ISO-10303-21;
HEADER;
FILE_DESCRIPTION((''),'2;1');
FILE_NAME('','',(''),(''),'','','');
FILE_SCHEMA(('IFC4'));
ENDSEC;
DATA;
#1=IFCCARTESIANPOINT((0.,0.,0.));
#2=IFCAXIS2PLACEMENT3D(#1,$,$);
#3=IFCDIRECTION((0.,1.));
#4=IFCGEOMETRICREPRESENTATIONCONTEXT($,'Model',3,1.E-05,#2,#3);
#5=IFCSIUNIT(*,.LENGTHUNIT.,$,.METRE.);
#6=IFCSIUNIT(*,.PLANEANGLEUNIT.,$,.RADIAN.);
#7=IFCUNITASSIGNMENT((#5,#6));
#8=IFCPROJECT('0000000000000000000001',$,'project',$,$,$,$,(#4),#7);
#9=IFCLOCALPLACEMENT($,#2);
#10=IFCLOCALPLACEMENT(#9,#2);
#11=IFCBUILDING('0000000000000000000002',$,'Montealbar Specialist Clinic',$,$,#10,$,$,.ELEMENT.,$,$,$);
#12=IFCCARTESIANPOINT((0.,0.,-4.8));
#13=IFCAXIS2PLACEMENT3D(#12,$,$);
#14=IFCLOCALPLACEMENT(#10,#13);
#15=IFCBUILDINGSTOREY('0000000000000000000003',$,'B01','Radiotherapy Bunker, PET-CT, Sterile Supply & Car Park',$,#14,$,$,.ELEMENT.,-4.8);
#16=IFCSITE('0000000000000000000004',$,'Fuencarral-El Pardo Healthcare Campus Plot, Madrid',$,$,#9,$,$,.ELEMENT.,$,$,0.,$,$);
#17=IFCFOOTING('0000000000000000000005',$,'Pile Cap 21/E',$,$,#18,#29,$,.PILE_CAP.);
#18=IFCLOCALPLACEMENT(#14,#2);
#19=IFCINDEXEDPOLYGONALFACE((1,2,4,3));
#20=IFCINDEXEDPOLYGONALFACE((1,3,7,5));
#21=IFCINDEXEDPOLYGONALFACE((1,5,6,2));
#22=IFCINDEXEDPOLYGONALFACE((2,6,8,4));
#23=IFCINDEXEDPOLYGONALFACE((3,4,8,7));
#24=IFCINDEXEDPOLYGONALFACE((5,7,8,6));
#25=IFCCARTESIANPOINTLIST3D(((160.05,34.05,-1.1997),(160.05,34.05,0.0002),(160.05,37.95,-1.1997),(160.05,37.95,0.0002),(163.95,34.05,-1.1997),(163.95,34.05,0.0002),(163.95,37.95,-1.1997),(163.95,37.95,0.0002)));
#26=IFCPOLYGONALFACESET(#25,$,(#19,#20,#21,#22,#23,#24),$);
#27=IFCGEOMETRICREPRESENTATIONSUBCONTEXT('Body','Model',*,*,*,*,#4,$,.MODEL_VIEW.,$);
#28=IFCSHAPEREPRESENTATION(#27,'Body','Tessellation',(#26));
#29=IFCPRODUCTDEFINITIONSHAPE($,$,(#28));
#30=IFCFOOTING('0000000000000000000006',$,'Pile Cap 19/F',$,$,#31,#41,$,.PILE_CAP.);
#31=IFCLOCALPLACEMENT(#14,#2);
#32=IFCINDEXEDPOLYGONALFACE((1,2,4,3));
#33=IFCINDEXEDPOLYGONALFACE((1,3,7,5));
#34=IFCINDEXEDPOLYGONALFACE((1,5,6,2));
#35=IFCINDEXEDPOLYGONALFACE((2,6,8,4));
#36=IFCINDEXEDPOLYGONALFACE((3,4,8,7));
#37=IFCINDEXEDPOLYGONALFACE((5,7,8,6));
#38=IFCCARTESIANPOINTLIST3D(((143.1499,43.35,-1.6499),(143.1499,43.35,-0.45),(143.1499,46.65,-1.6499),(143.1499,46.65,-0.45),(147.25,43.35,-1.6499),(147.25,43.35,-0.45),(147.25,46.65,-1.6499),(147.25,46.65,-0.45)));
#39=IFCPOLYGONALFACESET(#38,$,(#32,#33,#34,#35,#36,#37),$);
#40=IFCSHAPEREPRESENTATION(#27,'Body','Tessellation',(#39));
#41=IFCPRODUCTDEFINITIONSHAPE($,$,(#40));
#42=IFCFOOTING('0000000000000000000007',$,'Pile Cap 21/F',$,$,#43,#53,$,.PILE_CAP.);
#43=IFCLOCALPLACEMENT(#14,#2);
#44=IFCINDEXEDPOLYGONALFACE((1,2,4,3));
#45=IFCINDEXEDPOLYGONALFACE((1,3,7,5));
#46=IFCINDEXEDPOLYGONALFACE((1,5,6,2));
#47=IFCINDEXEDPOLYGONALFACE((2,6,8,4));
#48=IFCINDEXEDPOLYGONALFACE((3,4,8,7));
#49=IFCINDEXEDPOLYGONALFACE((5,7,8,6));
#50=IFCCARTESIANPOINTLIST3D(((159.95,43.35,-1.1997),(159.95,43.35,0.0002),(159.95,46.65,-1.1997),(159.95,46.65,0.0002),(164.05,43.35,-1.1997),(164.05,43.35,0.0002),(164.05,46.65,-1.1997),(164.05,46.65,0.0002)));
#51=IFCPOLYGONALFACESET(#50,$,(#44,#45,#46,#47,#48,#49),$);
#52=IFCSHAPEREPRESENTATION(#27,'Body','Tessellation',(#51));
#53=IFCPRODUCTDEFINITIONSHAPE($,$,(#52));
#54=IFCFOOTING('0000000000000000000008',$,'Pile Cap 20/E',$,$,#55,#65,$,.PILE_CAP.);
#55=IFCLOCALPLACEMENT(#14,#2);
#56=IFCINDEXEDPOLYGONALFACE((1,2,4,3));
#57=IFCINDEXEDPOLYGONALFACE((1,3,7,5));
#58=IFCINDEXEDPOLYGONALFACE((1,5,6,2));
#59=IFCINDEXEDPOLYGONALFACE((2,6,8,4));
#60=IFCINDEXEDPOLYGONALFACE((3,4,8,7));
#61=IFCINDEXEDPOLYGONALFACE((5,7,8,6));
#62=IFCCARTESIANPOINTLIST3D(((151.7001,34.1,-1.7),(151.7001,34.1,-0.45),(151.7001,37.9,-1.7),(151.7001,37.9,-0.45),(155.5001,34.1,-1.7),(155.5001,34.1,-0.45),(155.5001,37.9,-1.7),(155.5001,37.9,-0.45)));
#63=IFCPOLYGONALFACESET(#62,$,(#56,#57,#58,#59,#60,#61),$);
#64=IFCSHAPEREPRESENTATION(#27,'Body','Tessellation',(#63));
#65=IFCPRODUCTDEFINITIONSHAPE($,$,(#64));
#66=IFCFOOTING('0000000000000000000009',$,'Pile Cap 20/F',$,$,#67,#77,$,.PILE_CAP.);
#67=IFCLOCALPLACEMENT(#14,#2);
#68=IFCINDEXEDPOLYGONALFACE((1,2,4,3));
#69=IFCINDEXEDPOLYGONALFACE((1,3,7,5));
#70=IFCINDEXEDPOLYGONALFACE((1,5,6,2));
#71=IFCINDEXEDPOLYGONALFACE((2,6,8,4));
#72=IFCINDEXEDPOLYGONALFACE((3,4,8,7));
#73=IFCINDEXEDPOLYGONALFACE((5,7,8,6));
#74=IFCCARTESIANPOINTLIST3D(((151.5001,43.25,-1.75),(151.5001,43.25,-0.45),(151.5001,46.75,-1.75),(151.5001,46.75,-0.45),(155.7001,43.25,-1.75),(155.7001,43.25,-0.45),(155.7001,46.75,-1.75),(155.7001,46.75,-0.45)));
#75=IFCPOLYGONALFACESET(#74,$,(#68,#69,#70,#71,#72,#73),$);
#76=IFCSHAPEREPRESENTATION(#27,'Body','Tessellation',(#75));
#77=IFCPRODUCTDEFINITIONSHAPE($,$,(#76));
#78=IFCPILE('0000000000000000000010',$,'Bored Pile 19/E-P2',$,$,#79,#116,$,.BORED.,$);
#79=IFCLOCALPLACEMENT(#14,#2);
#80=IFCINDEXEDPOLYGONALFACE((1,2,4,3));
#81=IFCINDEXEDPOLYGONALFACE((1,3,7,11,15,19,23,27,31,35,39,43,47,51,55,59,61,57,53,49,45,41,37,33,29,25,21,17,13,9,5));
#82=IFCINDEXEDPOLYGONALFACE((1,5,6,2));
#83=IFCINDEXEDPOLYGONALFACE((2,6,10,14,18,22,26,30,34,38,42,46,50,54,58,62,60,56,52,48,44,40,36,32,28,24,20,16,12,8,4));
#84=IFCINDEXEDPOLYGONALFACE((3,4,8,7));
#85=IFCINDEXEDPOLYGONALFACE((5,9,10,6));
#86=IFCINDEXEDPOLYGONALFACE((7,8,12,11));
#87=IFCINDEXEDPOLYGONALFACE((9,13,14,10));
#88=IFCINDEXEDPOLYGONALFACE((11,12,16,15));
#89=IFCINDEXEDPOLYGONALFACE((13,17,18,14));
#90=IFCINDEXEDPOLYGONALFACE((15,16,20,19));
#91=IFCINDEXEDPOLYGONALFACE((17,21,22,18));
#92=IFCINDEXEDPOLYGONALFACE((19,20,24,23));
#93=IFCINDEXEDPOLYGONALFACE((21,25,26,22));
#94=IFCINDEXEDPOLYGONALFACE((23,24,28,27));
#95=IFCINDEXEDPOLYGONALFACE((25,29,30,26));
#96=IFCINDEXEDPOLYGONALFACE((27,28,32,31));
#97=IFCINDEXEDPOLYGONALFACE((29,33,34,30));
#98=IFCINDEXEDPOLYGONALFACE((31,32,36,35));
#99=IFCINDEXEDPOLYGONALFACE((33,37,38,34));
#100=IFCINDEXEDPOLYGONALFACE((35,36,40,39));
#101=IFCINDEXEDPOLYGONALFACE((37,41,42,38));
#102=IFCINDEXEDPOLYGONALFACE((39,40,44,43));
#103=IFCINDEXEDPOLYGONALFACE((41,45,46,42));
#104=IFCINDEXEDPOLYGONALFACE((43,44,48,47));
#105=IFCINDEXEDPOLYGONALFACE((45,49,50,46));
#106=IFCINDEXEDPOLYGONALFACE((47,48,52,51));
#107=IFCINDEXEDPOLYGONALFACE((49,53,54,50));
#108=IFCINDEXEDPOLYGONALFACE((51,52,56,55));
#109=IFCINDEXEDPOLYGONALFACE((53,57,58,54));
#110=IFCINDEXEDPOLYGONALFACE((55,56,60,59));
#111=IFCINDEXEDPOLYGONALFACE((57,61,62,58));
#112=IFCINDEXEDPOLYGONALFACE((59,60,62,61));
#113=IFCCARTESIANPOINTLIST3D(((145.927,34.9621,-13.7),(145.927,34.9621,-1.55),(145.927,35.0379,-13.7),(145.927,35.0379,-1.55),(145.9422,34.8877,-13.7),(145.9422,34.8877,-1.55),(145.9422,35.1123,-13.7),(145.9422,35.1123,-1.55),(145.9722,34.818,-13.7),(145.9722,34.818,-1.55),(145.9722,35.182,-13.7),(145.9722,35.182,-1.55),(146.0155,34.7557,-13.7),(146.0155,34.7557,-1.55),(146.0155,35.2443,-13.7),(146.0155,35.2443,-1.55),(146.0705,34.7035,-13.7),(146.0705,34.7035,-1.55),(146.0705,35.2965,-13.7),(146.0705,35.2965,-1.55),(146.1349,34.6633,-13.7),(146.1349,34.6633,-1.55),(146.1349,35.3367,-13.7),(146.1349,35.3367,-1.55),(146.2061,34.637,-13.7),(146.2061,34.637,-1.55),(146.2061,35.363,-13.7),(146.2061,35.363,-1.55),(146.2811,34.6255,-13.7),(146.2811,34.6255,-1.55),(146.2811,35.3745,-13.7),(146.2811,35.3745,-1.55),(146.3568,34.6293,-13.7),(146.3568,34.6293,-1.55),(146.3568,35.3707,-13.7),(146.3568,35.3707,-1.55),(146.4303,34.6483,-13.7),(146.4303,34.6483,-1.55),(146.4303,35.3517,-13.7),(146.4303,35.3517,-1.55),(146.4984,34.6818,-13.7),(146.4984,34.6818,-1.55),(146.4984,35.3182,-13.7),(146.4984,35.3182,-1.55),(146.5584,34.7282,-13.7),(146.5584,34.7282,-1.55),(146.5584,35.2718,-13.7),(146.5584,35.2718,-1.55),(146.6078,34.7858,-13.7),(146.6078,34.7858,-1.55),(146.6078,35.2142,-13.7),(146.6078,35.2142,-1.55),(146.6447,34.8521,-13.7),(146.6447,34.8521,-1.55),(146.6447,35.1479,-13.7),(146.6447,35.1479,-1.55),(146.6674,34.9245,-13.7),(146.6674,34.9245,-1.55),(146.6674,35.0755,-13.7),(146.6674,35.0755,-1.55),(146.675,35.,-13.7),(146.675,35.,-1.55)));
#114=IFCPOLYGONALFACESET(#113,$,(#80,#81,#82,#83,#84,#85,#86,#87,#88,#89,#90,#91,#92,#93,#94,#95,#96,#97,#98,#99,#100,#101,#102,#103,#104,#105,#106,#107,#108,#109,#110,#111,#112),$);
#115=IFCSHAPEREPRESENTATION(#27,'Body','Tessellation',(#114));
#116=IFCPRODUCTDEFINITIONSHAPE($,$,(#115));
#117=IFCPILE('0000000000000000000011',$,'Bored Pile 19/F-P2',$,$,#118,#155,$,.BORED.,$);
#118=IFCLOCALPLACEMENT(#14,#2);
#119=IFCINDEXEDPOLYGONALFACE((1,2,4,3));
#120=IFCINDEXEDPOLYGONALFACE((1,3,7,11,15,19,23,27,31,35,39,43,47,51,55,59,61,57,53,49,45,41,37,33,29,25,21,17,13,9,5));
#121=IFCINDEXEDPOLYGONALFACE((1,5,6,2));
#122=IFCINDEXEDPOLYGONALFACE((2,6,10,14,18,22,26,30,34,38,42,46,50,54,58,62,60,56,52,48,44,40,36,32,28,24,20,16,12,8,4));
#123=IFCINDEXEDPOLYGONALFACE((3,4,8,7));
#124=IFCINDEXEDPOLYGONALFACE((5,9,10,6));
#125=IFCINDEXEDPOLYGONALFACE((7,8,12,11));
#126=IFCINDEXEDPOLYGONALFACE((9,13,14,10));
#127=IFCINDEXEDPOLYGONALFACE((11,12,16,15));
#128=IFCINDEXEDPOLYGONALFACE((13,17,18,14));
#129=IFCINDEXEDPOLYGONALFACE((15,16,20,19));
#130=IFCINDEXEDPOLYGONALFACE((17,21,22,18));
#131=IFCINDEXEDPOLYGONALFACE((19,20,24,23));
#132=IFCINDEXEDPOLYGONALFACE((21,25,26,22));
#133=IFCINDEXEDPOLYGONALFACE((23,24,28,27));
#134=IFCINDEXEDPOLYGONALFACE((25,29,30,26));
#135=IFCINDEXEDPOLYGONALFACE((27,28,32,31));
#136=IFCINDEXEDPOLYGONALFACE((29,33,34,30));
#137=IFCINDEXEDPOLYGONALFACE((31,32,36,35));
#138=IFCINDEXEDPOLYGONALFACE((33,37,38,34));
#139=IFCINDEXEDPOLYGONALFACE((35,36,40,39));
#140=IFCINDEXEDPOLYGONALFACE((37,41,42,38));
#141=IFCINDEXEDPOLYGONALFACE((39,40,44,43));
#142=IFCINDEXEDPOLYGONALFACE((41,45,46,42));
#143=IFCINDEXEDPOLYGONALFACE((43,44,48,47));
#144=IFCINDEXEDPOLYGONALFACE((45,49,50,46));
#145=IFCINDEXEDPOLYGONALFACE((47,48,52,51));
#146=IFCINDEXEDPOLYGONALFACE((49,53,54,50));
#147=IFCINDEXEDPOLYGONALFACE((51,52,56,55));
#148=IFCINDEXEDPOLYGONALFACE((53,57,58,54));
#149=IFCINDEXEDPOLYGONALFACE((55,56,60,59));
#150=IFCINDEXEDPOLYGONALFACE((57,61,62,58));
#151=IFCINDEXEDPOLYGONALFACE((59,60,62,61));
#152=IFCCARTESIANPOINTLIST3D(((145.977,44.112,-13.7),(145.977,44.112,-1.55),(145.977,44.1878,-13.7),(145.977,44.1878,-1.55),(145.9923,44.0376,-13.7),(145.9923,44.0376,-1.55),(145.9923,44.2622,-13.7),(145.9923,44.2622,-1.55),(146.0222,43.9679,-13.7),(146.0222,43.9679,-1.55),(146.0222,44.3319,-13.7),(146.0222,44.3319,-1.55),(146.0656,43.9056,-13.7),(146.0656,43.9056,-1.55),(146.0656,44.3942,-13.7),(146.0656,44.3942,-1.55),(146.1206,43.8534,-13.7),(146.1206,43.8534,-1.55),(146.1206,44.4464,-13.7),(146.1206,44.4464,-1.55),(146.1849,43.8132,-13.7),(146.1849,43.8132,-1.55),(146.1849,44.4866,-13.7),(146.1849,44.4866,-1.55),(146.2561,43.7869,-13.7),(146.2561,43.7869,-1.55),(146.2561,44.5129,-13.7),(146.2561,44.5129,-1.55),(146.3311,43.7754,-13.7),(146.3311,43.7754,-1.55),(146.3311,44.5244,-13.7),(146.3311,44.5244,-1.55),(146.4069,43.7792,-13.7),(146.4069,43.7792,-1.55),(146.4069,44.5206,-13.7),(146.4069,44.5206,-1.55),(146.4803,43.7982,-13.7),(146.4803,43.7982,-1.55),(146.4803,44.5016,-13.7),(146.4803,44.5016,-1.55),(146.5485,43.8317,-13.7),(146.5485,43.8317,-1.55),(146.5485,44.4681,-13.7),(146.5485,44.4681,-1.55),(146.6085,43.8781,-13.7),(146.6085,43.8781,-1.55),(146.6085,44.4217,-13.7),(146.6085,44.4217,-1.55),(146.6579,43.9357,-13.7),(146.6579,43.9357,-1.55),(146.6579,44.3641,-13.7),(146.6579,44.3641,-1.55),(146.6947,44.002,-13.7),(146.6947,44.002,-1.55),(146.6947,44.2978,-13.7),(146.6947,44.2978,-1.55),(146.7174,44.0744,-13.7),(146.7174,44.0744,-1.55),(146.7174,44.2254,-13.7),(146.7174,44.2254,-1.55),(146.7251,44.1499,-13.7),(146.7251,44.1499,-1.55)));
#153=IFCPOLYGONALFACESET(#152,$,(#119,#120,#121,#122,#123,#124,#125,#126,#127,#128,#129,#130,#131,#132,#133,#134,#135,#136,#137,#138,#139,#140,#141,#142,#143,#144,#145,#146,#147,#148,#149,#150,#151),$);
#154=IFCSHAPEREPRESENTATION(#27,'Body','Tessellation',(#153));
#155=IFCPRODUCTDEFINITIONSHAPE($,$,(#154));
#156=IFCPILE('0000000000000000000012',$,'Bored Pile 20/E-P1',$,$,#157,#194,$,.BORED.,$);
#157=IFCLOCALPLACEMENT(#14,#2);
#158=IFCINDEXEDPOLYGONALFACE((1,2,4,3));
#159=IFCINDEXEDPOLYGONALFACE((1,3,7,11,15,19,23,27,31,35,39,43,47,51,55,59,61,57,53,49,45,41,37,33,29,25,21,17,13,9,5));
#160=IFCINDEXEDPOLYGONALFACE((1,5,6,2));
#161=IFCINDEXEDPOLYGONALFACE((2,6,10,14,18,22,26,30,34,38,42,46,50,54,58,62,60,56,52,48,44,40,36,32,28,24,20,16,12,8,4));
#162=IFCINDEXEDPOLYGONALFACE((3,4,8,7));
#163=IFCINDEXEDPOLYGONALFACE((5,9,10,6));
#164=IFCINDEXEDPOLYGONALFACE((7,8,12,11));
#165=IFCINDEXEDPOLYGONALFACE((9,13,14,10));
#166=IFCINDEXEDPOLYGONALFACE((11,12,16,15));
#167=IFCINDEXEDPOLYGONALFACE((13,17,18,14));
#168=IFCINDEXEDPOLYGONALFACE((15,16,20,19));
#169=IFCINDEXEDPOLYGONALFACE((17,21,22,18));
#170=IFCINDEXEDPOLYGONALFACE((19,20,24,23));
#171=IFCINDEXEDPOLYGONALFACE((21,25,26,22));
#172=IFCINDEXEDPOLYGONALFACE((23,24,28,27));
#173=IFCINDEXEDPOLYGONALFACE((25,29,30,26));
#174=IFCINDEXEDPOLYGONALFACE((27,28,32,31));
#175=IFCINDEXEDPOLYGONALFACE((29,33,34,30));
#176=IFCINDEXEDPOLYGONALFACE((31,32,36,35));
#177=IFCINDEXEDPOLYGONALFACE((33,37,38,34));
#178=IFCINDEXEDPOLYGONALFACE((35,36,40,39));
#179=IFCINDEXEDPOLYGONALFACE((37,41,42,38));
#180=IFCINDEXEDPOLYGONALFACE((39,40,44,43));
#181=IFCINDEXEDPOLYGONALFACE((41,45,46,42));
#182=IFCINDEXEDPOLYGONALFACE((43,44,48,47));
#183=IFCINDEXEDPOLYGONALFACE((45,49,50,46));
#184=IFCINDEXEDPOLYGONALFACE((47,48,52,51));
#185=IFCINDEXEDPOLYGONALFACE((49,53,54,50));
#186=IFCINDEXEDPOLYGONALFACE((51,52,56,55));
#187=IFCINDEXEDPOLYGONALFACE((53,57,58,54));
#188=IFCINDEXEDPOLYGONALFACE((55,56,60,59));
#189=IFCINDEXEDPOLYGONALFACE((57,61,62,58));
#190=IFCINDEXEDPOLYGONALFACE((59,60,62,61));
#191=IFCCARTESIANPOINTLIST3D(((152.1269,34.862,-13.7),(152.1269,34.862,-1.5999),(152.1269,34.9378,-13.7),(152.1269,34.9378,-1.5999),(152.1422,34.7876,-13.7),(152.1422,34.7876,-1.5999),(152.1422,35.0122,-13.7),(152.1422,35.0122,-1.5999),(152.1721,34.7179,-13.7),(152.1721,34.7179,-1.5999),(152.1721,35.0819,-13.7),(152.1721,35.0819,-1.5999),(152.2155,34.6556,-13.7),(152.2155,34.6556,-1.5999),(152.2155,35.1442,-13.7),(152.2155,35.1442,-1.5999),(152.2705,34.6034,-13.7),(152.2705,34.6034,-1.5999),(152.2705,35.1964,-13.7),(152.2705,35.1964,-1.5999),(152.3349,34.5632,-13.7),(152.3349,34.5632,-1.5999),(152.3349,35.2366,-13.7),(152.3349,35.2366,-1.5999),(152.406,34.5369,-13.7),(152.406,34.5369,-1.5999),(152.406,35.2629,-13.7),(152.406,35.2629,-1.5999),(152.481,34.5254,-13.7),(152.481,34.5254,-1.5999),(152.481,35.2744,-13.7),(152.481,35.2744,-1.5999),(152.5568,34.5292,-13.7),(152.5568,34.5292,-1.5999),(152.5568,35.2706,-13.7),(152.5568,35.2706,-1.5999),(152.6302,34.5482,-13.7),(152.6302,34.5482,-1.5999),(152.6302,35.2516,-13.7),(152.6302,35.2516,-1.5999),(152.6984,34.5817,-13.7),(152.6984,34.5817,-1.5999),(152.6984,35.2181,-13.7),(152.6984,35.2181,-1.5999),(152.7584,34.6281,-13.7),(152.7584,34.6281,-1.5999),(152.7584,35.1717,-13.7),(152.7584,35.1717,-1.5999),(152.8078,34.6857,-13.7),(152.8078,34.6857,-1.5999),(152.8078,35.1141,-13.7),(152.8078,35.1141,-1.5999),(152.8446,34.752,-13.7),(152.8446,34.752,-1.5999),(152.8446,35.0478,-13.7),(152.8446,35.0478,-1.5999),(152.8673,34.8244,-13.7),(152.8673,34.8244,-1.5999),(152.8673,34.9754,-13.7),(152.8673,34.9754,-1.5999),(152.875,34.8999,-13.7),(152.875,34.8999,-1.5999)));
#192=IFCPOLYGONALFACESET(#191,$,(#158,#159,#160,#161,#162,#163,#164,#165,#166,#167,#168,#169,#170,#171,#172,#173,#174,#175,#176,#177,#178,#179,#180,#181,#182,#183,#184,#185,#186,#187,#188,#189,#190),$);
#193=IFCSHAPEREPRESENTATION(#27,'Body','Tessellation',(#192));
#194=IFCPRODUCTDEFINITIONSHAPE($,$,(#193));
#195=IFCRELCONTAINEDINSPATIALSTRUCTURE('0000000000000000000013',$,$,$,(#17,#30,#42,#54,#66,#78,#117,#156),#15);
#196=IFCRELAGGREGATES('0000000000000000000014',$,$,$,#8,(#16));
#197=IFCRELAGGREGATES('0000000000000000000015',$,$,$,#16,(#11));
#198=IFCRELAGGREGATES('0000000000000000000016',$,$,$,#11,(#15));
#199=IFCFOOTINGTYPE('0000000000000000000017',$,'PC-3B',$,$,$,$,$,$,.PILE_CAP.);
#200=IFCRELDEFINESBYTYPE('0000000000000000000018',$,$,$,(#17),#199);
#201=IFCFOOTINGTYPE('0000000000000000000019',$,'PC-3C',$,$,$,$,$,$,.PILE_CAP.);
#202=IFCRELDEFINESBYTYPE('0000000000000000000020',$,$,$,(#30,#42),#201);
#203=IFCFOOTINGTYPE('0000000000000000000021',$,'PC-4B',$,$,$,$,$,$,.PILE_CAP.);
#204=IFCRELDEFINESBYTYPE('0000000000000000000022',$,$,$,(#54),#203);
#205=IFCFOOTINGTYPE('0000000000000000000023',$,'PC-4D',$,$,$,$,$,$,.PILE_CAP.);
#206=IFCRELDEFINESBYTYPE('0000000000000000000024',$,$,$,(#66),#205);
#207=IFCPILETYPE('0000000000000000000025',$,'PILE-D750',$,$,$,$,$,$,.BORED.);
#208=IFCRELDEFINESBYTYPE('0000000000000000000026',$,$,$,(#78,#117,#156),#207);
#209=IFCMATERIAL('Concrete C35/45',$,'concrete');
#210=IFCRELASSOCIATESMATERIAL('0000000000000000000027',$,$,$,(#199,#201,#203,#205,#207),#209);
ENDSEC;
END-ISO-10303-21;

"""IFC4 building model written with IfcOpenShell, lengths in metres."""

from ifc_helpers import new_model, si_unit, direction, frame, origin, origin_2d, place, context, subcontext, project, spatial, rectangle, circle, extrude, material, material_profile, profile_set, type_object, element, save


model = new_model("IFC4")

# Units and contexts
model_context = context("Model", 3, precision=1e-05, world=origin(), true_north=direction((0.0, 1.0)))
body_context = subcontext(model_context, "Body", "Model", "MODEL_VIEW")
ifc_project = project(units=[si_unit("LENGTHUNIT", "METRE"), si_unit("PLANEANGLEUNIT", "RADIAN")], contexts=[model_context])

# Site, building, storey
site_placement = place(None, origin())
site = spatial("IfcSite", under=ifc_project, at=site_placement, Name="Fuencarral-El Pardo Healthcare Campus Plot, Madrid", CompositionType="ELEMENT", RefElevation=0.0)
building_placement = place(site_placement, origin())
building = spatial("IfcBuilding", under=site, at=building_placement, Name="Montealbar Specialist Clinic", CompositionType="ELEMENT")
storey_placement = place(building_placement, frame((0.0, 0.0, -4.8)))
storey = spatial("IfcBuildingStorey", under=building, at=storey_placement, Name="B01", Description="Radiotherapy Bunker, PET-CT, Sterile Supply & Car Park", CompositionType="ELEMENT", Elevation=-4.8)

# Footings
ifc_material_1 = material(Name="Concrete C35/45", Category="concrete")
footing_type_1 = type_object("IfcFootingType", Name="PC-3B", PredefinedType="PILE_CAP", material=ifc_material_1)
footing_1_placement = place(storey_placement, frame((162.0, 36.0, -1.1997), z_axis=(0.0, 0.0, 1.0), x_axis=(1.0, 0.0, 0.0)))
element("IfcFooting", 1, at=footing_1_placement, inside=storey, type_object=footing_type_1, Name="Pile Cap 21/E", PredefinedType="PILE_CAP", context=body_context, shape_type="SweptSolid", body=[
    extrude(rectangle(XDim=3.8999, YDim=3.8999, at=origin_2d()), origin(), (0.0, 0.0, 1.0), 1.2),
])
footing_type_2 = type_object("IfcFootingType", Name="PC-3C", PredefinedType="PILE_CAP", material=ifc_material_1)
for number, where, z_axis, x_axis, name in (
    (2, (145.2, 45.0, -1.6499), (0.0, 0.0, 1.0), (1.0, 0.0, 0.0), "Pile Cap 19/F"),
    (3, (162.0, 45.0, -1.1997), (0.0, 0.0, 1.0), (1.0, 0.0, 0.0), "Pile Cap 21/F"),
):
    element("IfcFooting", number, at=place(storey_placement, frame(where, z_axis=z_axis, x_axis=x_axis)), inside=storey, type_object=footing_type_2, Name=name, PredefinedType="PILE_CAP", context=body_context, shape_type="SweptSolid", body=[
        extrude(rectangle(XDim=4.1001, YDim=3.3, at=origin_2d()), origin(), (0.0, 0.0, 1.0), 1.2),
    ])
footing_type_3 = type_object("IfcFootingType", Name="PC-4B", PredefinedType="PILE_CAP", material=ifc_material_1)
footing_2_placement = place(storey_placement, frame((153.6001, 36.0, -1.7), z_axis=(0.0, 0.0, 1.0), x_axis=(1.0, 0.0, 0.0)))
element("IfcFooting", 4, at=footing_2_placement, inside=storey, type_object=footing_type_3, Name="Pile Cap 20/E", PredefinedType="PILE_CAP", context=body_context, shape_type="SweptSolid", body=[
    extrude(rectangle(XDim=3.8, YDim=3.8, at=origin_2d()), origin(), (0.0, 0.0, 1.0), 1.25),
])
footing_type_4 = type_object("IfcFootingType", Name="PC-4D", PredefinedType="PILE_CAP", material=ifc_material_1)
footing_3_placement = place(storey_placement, frame((153.6001, 45.0, -1.75), z_axis=(0.0, 0.0, 1.0), x_axis=(1.0, 0.0, 0.0)))
element("IfcFooting", 5, at=footing_3_placement, inside=storey, type_object=footing_type_4, Name="Pile Cap 20/F", PredefinedType="PILE_CAP", context=body_context, shape_type="SweptSolid", body=[
    extrude(rectangle(XDim=4.2, YDim=3.5, at=origin_2d()), origin(), (0.0, 0.0, 1.0), 1.3),
])

# Piles
ifc_material_profile_1 = material_profile(ifc_material_1, circle(Radius=0.375, at=origin_2d()), Name="PILE D750", Category="concrete")
ifc_profile_set_1 = profile_set([ifc_material_profile_1], Name="Concrete C35/45")
pile_type = type_object("IfcPileType", Name="PILE-D750", PredefinedType="BORED", material=ifc_profile_set_1)
for number, where, z_axis, x_axis, name in (
    (6, (146.3, 35.0, -1.55), (0.0, 0.0, -1.0), (1.0, 0.0, 0.0), "Bored Pile 19/E-P2"),
    (7, (146.3501, 44.1499, -1.55), (0.0, 0.0, -1.0), (1.0, 0.0, 0.0), "Bored Pile 19/F-P2"),
):
    element("IfcPile", number, at=place(storey_placement, frame(where, z_axis=z_axis, x_axis=x_axis)), inside=storey, type_object=pile_type, Name=name, PredefinedType="BORED", context=body_context, shape_type="SweptSolid", body=[
        extrude(circle(Radius=0.375, at=origin_2d()), origin(), (0.0, 0.0, 1.0), 12.1499),
    ])
for number, where, z_axis, x_axis, name in (
    (8, (152.5, 34.8999, -1.5999), (0.0, 0.0, -1.0), (1.0, 0.0, 0.0), "Bored Pile 20/E-P1"),
):
    element("IfcPile", number, at=place(storey_placement, frame(where, z_axis=z_axis, x_axis=x_axis)), inside=storey, type_object=pile_type, Name=name, PredefinedType="BORED", context=body_context, shape_type="SweptSolid", body=[
        extrude(circle(Radius=0.375, at=origin_2d()), origin(), (0.0, 0.0, 1.0), 12.1001),
    ])

save(model, "model.ifc")
